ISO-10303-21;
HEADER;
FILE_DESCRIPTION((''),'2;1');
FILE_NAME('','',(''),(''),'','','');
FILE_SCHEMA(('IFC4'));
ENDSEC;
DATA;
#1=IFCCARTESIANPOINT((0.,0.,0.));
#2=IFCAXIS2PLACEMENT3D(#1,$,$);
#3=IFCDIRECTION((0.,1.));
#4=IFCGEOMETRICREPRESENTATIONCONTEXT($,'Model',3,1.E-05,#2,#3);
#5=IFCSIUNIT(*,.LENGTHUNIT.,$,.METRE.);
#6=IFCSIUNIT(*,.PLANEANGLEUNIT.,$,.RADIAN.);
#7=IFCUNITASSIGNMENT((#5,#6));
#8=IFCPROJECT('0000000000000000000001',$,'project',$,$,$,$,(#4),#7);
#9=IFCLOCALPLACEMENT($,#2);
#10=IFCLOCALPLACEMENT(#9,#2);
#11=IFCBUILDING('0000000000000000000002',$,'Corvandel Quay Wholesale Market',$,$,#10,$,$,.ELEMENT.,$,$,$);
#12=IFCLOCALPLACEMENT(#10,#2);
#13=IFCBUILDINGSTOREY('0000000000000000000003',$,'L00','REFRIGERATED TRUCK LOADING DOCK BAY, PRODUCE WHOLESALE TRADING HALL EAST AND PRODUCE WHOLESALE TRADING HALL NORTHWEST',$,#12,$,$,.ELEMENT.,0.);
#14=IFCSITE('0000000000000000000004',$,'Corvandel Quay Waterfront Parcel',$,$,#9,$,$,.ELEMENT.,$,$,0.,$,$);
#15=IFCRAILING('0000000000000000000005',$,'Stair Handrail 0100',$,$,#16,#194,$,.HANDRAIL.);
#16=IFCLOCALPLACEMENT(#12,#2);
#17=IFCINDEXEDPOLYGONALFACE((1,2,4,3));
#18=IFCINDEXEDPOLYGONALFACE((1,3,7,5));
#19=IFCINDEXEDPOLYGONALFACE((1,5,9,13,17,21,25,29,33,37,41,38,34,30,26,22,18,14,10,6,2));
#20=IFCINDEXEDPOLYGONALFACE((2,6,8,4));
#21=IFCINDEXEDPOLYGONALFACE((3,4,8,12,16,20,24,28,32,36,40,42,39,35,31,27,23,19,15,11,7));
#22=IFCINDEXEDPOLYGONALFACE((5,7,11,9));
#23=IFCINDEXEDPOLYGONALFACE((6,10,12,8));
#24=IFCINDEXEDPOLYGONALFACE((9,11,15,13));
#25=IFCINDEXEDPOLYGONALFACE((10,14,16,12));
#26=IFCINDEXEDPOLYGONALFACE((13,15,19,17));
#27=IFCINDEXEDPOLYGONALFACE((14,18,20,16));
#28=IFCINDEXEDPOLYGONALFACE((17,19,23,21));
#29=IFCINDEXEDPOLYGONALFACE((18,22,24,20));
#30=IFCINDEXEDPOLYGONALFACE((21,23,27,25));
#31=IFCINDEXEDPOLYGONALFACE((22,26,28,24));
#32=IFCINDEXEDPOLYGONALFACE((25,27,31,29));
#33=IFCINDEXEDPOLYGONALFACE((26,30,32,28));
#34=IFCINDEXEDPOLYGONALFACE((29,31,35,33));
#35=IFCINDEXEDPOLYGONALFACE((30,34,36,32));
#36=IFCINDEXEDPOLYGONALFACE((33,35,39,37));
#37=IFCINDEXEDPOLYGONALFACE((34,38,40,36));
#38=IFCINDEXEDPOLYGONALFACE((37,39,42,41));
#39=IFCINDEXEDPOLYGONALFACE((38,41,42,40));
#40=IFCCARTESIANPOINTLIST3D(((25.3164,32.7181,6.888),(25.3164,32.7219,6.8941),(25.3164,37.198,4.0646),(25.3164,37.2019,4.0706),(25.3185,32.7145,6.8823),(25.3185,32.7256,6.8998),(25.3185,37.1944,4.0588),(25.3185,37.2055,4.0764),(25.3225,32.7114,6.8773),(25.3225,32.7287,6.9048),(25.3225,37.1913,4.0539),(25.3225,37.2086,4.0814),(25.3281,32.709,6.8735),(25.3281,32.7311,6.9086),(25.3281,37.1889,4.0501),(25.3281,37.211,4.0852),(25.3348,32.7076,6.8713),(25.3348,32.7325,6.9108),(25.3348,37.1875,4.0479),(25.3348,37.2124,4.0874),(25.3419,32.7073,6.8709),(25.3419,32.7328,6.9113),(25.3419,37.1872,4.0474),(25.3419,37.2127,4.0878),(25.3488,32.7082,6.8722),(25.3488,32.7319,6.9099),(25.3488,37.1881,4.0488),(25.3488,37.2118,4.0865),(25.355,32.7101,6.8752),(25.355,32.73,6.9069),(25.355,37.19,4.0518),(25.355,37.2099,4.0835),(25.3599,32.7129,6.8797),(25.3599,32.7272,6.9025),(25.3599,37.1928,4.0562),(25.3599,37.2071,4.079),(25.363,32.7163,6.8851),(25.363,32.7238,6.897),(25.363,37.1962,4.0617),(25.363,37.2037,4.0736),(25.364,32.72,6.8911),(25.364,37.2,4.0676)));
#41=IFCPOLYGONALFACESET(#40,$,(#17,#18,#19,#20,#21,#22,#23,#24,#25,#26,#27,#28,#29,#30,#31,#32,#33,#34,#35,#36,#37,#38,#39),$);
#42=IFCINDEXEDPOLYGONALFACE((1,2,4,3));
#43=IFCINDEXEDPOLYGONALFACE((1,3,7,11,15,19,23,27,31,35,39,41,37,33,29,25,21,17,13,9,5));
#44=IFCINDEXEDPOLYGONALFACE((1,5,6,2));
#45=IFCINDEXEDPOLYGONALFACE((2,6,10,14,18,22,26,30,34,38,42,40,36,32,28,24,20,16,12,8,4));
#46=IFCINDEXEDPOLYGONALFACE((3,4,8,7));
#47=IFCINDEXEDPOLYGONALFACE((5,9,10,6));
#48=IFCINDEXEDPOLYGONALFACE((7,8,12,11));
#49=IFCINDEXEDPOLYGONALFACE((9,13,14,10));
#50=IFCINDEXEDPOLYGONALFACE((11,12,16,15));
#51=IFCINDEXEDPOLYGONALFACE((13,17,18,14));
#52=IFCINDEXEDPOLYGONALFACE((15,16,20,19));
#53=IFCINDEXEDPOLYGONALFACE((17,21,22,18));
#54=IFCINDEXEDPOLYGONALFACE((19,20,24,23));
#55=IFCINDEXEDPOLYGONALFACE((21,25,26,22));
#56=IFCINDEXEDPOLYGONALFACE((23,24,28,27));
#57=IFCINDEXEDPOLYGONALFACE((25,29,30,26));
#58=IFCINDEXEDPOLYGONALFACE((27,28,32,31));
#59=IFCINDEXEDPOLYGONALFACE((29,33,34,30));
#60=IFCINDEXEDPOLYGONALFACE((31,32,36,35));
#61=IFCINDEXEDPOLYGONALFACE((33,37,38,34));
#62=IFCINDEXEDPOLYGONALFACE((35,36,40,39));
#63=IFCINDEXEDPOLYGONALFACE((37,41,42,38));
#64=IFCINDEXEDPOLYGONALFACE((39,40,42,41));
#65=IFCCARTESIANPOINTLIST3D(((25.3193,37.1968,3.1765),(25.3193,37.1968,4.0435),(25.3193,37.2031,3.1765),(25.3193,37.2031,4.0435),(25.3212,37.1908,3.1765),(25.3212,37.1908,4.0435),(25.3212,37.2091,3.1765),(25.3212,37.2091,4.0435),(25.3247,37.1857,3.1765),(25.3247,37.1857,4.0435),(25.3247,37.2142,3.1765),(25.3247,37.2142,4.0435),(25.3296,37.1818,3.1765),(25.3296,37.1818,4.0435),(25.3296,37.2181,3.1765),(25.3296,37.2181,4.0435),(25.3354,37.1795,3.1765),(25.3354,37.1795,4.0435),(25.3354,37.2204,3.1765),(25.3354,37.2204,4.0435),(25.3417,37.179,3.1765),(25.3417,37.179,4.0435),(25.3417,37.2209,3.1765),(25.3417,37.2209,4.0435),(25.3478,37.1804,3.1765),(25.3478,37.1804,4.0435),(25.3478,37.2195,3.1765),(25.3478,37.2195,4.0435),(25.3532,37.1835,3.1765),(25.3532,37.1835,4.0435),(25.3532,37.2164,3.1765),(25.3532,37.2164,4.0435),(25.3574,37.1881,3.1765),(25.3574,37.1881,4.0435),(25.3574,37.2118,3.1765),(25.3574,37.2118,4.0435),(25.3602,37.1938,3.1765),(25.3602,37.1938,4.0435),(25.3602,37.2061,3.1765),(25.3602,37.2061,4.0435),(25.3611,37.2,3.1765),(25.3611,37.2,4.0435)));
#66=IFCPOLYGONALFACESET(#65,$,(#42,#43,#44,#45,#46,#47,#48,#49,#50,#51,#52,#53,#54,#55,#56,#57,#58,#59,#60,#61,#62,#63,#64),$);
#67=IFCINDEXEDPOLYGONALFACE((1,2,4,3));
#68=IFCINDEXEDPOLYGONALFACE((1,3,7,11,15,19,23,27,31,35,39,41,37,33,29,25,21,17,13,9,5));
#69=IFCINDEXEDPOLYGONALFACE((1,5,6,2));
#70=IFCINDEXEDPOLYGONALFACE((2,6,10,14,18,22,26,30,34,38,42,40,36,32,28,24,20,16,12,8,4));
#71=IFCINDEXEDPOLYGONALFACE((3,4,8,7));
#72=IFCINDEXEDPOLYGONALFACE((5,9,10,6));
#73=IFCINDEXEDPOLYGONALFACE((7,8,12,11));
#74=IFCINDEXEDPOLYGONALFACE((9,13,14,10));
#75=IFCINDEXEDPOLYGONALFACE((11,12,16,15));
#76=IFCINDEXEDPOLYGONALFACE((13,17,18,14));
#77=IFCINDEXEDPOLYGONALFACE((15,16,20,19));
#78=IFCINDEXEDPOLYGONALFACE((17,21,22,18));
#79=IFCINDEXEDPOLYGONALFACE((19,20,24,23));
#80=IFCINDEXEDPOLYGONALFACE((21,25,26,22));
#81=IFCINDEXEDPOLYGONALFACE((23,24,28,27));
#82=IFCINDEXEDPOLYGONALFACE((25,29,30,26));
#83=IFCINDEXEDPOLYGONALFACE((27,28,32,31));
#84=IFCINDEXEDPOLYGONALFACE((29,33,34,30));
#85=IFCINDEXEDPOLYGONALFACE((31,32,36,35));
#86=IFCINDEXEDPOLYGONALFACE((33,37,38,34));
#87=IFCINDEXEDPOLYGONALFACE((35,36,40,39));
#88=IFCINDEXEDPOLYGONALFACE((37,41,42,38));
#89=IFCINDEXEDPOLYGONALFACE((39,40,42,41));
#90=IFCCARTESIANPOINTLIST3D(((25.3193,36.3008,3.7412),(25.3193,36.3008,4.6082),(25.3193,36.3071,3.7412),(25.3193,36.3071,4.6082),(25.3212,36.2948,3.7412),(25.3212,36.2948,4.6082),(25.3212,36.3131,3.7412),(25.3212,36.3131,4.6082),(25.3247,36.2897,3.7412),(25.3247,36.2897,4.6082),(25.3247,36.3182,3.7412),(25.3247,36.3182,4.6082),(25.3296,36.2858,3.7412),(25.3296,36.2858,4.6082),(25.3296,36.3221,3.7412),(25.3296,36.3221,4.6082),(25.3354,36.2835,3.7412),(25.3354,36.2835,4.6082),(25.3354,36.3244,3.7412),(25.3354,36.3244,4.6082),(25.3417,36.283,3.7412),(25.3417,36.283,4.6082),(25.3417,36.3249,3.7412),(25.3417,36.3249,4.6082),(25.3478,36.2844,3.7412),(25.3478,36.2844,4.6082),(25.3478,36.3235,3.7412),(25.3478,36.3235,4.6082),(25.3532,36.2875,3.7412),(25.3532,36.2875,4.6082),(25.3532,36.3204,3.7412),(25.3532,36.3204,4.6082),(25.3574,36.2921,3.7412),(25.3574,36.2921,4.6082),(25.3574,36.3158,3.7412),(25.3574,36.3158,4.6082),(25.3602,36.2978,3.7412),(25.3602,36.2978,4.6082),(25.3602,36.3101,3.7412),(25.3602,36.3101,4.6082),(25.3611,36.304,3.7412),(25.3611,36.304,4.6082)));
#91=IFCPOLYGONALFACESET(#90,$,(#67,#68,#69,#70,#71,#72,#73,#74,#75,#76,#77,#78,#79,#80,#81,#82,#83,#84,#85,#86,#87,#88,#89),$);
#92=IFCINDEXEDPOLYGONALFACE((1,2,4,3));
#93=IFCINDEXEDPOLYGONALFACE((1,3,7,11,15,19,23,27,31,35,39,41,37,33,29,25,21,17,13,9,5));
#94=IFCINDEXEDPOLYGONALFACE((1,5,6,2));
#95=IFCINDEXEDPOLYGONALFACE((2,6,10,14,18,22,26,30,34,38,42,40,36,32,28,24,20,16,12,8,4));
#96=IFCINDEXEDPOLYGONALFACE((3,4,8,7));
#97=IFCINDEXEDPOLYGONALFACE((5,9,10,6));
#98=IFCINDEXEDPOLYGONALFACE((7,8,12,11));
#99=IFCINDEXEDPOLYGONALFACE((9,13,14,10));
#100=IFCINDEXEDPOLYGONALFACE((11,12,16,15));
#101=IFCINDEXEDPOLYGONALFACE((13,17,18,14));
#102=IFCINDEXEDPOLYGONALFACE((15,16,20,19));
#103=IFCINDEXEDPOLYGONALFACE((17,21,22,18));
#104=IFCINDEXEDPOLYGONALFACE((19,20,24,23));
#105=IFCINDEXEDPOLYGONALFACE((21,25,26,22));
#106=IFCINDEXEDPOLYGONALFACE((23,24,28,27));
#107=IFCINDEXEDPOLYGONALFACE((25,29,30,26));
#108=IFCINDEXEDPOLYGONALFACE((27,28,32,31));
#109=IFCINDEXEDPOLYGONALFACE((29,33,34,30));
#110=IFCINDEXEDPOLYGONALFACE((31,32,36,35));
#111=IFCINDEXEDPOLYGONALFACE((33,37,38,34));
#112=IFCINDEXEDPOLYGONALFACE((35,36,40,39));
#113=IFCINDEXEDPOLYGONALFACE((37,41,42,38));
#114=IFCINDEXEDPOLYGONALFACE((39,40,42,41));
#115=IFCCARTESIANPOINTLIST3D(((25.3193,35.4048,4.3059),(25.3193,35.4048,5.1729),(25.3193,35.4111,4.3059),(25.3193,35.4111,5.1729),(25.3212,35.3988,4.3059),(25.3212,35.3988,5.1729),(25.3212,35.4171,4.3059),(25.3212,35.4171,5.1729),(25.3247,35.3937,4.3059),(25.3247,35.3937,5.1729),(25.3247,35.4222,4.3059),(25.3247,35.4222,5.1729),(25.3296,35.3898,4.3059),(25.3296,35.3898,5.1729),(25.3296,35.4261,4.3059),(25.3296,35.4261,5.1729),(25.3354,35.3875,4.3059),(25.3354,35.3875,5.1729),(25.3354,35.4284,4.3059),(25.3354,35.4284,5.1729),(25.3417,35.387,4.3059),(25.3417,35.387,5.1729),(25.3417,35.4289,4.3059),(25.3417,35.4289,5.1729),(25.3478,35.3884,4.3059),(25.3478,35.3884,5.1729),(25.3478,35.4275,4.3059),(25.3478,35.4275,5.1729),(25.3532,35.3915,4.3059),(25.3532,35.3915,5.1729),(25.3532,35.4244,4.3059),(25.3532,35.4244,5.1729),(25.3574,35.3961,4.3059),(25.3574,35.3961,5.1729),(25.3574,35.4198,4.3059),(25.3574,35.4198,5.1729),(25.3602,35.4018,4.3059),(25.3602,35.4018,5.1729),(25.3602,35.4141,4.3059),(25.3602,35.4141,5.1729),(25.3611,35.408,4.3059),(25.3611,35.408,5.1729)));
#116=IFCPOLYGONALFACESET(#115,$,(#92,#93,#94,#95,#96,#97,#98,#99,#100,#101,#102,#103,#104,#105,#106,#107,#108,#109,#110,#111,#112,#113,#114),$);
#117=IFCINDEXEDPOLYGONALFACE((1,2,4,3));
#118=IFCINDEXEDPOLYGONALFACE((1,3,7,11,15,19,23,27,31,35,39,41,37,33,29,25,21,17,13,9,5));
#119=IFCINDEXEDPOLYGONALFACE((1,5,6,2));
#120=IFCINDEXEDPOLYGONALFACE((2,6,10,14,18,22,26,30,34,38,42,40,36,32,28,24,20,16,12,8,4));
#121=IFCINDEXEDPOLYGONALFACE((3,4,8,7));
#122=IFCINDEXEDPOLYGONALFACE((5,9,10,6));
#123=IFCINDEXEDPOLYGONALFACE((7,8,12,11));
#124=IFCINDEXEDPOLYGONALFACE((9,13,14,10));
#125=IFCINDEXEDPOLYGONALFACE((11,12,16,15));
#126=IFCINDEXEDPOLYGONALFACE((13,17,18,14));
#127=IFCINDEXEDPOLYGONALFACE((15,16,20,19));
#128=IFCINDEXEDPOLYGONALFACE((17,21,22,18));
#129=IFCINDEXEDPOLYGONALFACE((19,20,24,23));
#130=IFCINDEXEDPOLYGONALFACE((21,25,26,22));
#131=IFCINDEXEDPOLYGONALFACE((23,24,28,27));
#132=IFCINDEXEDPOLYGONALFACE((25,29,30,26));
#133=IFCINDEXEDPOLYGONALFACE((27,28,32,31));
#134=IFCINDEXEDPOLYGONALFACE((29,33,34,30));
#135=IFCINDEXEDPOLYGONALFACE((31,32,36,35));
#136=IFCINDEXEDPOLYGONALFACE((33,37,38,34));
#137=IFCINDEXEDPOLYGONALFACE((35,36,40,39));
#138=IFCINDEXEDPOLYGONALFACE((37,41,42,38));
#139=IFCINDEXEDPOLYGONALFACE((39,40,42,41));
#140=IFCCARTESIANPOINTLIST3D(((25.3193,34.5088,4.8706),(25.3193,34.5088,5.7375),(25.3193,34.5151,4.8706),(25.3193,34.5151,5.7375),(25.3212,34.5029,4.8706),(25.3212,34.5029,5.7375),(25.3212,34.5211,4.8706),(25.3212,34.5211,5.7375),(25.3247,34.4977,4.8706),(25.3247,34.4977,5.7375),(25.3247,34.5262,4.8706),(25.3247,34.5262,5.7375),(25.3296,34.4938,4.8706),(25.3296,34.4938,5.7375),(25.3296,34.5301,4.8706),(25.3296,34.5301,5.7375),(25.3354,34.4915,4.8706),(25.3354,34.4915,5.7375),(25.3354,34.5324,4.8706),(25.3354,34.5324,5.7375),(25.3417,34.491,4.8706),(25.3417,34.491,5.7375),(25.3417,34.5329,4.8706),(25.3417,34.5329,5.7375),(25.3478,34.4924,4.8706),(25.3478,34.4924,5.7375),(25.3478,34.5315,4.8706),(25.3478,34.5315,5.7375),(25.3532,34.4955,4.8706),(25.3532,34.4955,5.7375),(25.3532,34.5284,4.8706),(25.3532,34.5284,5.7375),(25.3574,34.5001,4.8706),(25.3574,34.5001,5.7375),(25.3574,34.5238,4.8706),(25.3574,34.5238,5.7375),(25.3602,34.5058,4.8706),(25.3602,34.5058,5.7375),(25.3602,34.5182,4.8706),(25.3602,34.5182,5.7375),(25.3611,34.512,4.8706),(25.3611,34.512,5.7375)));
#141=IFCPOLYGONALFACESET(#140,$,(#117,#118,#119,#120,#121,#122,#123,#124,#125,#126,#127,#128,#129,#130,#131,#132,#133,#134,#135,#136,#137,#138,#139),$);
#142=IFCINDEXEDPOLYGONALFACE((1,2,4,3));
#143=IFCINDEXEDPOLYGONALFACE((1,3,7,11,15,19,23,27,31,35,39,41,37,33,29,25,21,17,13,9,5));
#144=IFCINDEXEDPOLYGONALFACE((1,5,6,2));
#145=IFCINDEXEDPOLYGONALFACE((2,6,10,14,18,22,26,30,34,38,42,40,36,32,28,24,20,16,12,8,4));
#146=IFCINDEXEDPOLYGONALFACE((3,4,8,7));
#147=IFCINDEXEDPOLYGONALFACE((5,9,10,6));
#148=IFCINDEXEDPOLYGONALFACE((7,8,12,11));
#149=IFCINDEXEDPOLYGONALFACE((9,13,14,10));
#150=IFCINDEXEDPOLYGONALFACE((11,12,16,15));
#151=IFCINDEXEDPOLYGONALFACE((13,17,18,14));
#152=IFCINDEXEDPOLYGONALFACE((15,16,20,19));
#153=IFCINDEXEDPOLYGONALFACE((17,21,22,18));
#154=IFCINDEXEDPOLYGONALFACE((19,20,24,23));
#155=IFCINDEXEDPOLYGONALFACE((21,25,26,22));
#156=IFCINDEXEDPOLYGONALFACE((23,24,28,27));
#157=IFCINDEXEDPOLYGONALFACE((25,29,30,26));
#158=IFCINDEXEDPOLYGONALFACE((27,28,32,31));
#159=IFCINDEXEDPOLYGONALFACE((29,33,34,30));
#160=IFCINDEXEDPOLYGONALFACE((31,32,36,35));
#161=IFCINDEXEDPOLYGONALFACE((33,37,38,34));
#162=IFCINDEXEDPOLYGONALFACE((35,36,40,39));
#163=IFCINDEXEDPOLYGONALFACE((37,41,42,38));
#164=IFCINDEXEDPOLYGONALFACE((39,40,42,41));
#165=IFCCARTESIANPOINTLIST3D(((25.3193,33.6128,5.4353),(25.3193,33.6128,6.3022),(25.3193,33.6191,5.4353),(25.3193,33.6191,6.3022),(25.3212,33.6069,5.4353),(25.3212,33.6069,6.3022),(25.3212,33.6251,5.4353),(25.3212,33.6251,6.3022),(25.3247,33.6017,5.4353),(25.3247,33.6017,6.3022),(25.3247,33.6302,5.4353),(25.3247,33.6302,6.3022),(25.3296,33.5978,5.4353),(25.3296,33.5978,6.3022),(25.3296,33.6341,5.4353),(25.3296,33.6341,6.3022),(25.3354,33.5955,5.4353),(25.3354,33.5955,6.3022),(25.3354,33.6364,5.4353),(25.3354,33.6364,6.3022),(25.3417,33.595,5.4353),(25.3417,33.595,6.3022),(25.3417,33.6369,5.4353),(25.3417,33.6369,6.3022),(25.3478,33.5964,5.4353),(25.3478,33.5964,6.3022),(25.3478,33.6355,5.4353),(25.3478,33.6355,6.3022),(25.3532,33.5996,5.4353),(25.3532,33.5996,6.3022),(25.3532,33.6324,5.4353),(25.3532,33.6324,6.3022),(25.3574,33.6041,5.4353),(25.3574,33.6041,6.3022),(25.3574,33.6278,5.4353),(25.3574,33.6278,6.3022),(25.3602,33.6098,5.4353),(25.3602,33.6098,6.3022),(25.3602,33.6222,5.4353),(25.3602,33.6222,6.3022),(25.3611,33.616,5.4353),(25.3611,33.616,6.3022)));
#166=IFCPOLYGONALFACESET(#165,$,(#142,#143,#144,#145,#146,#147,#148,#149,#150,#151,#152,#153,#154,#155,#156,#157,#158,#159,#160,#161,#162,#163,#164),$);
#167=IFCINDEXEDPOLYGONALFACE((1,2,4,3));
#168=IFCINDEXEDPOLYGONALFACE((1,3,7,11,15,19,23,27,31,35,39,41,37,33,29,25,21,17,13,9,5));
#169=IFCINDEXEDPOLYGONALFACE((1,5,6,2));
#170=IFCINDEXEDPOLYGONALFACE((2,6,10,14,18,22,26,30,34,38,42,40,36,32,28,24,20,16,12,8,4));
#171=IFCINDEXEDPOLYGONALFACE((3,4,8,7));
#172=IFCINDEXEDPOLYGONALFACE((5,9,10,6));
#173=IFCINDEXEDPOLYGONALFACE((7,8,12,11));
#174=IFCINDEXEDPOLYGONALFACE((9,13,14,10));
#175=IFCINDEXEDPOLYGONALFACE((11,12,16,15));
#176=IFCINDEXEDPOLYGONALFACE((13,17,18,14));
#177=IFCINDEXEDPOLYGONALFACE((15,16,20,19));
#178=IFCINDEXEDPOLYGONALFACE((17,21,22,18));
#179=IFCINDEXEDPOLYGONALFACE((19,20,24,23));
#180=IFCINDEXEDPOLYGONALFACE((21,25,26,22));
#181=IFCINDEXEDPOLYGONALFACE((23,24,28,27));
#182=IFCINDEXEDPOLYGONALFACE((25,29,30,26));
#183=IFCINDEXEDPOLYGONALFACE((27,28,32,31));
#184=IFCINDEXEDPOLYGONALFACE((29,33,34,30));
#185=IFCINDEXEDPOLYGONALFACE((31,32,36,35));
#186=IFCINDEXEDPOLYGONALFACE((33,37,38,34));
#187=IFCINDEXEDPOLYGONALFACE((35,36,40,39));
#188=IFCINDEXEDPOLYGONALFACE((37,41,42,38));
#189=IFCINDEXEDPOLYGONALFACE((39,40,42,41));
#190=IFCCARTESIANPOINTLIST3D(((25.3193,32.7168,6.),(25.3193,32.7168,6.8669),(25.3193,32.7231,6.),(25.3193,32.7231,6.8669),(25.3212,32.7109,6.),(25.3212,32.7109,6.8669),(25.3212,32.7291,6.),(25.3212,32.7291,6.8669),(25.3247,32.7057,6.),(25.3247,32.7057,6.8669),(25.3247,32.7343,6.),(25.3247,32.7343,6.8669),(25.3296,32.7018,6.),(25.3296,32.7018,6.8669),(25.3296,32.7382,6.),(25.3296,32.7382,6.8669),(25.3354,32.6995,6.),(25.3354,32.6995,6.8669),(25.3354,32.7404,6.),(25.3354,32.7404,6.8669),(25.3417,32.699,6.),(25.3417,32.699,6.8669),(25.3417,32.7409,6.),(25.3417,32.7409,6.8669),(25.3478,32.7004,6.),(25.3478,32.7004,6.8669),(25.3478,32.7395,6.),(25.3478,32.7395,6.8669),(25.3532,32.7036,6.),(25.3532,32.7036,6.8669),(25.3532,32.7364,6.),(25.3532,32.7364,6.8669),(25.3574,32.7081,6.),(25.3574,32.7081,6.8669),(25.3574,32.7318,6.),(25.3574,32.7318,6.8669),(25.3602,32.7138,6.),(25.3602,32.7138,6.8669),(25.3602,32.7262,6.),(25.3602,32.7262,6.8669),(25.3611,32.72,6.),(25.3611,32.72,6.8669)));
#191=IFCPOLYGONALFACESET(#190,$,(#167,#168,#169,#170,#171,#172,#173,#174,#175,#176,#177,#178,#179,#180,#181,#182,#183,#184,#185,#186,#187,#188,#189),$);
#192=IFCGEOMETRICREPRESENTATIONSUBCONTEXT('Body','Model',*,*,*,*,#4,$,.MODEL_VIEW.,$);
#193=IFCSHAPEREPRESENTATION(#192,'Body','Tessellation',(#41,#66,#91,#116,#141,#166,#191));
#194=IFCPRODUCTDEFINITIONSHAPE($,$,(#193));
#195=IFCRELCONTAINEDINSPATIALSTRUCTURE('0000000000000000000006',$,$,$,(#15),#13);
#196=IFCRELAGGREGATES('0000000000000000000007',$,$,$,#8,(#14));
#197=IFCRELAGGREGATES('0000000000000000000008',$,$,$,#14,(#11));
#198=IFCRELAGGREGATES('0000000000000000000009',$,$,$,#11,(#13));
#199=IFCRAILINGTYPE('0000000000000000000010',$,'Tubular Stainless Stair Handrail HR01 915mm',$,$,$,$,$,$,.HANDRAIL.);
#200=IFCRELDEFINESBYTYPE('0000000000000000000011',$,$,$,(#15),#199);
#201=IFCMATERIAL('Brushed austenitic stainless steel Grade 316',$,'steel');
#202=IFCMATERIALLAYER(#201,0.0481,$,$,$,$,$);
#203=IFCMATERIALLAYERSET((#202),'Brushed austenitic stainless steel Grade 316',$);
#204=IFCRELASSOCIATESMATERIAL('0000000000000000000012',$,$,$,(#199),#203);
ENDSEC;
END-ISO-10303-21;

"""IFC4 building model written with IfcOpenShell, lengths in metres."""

from ifc_helpers import new_model, si_unit, direction, frame, origin, origin_2d, place, context, subcontext, project, spatial, circle, extrude, material, layer, layer_set, type_object, element, save


model = new_model("IFC4")

# Units and contexts
model_context = context("Model", 3, precision=1e-05, world=origin(), true_north=direction((0.0, 1.0)))
body_context = subcontext(model_context, "Body", "Model", "MODEL_VIEW")
ifc_project = project(units=[si_unit("LENGTHUNIT", "METRE"), si_unit("PLANEANGLEUNIT", "RADIAN")], contexts=[model_context])

# Site, building, storey
site_placement = place(None, origin())
site = spatial("IfcSite", under=ifc_project, at=site_placement, Name="Corvandel Quay Waterfront Parcel", CompositionType="ELEMENT", RefElevation=0.0)
building_placement = place(site_placement, origin())
building = spatial("IfcBuilding", under=site, at=building_placement, Name="Corvandel Quay Wholesale Market", CompositionType="ELEMENT")
storey_placement = place(building_placement, origin())
storey = spatial("IfcBuildingStorey", under=building, at=storey_placement, Name="L00", Description="REFRIGERATED TRUCK LOADING DOCK BAY, PRODUCE WHOLESALE TRADING HALL EAST AND PRODUCE WHOLESALE TRADING HALL NORTHWEST", CompositionType="ELEMENT", Elevation=0.0)

# Railing
ifc_material_1 = material(Name="Brushed austenitic stainless steel Grade 316", Category="steel")
ifc_layer_1 = layer(ifc_material_1, 0.0481)
ifc_layer_set_1 = layer_set([ifc_layer_1], Name="Brushed austenitic stainless steel Grade 316")
railing_type_1 = type_object("IfcRailingType", Name="Tubular Stainless Stair Handrail HR01 915mm", PredefinedType="HANDRAIL", material=ifc_layer_set_1)
for number, where, name in (
    (1, (25.3401, 37.2, 3.1765), "Stair Handrail 0100"),
):
    element("IfcRailing", number, at=place(storey_placement, frame(where)), inside=storey, type_object=railing_type_1, Name=name, PredefinedType="HANDRAIL", context=body_context, shape_type="SweptSolid", body=[
        extrude(circle(Radius=0.0239, at=origin_2d()), frame((0.0, 0.0, 0.8911), z_axis=(0.0, -0.845998, 0.533186), x_axis=(1.0, 0.0, 0.0)), (0.0, 0.0, 1.0), 5.2954),
        extrude(circle(Radius=0.021, at=origin_2d()), origin(), (0.0, 0.0, 1.0), 0.8669),
        extrude(circle(Radius=0.021, at=origin_2d()), frame((0.0, -0.896, 0.5647)), (0.0, 0.0, 1.0), 0.8669),
        extrude(circle(Radius=0.021, at=origin_2d()), frame((0.0, -1.792, 1.1294)), (0.0, 0.0, 1.0), 0.8669),
        extrude(circle(Radius=0.021, at=origin_2d()), frame((0.0, -2.688, 1.6941)), (0.0, 0.0, 1.0), 0.8669),
        extrude(circle(Radius=0.021, at=origin_2d()), frame((0.0, -3.584, 2.2588)), (0.0, 0.0, 1.0), 0.8669),
        extrude(circle(Radius=0.021, at=origin_2d()), frame((0.0, -4.48, 2.8235)), (0.0, 0.0, 1.0), 0.8669),
    ])

save(model, "model.ifc")
